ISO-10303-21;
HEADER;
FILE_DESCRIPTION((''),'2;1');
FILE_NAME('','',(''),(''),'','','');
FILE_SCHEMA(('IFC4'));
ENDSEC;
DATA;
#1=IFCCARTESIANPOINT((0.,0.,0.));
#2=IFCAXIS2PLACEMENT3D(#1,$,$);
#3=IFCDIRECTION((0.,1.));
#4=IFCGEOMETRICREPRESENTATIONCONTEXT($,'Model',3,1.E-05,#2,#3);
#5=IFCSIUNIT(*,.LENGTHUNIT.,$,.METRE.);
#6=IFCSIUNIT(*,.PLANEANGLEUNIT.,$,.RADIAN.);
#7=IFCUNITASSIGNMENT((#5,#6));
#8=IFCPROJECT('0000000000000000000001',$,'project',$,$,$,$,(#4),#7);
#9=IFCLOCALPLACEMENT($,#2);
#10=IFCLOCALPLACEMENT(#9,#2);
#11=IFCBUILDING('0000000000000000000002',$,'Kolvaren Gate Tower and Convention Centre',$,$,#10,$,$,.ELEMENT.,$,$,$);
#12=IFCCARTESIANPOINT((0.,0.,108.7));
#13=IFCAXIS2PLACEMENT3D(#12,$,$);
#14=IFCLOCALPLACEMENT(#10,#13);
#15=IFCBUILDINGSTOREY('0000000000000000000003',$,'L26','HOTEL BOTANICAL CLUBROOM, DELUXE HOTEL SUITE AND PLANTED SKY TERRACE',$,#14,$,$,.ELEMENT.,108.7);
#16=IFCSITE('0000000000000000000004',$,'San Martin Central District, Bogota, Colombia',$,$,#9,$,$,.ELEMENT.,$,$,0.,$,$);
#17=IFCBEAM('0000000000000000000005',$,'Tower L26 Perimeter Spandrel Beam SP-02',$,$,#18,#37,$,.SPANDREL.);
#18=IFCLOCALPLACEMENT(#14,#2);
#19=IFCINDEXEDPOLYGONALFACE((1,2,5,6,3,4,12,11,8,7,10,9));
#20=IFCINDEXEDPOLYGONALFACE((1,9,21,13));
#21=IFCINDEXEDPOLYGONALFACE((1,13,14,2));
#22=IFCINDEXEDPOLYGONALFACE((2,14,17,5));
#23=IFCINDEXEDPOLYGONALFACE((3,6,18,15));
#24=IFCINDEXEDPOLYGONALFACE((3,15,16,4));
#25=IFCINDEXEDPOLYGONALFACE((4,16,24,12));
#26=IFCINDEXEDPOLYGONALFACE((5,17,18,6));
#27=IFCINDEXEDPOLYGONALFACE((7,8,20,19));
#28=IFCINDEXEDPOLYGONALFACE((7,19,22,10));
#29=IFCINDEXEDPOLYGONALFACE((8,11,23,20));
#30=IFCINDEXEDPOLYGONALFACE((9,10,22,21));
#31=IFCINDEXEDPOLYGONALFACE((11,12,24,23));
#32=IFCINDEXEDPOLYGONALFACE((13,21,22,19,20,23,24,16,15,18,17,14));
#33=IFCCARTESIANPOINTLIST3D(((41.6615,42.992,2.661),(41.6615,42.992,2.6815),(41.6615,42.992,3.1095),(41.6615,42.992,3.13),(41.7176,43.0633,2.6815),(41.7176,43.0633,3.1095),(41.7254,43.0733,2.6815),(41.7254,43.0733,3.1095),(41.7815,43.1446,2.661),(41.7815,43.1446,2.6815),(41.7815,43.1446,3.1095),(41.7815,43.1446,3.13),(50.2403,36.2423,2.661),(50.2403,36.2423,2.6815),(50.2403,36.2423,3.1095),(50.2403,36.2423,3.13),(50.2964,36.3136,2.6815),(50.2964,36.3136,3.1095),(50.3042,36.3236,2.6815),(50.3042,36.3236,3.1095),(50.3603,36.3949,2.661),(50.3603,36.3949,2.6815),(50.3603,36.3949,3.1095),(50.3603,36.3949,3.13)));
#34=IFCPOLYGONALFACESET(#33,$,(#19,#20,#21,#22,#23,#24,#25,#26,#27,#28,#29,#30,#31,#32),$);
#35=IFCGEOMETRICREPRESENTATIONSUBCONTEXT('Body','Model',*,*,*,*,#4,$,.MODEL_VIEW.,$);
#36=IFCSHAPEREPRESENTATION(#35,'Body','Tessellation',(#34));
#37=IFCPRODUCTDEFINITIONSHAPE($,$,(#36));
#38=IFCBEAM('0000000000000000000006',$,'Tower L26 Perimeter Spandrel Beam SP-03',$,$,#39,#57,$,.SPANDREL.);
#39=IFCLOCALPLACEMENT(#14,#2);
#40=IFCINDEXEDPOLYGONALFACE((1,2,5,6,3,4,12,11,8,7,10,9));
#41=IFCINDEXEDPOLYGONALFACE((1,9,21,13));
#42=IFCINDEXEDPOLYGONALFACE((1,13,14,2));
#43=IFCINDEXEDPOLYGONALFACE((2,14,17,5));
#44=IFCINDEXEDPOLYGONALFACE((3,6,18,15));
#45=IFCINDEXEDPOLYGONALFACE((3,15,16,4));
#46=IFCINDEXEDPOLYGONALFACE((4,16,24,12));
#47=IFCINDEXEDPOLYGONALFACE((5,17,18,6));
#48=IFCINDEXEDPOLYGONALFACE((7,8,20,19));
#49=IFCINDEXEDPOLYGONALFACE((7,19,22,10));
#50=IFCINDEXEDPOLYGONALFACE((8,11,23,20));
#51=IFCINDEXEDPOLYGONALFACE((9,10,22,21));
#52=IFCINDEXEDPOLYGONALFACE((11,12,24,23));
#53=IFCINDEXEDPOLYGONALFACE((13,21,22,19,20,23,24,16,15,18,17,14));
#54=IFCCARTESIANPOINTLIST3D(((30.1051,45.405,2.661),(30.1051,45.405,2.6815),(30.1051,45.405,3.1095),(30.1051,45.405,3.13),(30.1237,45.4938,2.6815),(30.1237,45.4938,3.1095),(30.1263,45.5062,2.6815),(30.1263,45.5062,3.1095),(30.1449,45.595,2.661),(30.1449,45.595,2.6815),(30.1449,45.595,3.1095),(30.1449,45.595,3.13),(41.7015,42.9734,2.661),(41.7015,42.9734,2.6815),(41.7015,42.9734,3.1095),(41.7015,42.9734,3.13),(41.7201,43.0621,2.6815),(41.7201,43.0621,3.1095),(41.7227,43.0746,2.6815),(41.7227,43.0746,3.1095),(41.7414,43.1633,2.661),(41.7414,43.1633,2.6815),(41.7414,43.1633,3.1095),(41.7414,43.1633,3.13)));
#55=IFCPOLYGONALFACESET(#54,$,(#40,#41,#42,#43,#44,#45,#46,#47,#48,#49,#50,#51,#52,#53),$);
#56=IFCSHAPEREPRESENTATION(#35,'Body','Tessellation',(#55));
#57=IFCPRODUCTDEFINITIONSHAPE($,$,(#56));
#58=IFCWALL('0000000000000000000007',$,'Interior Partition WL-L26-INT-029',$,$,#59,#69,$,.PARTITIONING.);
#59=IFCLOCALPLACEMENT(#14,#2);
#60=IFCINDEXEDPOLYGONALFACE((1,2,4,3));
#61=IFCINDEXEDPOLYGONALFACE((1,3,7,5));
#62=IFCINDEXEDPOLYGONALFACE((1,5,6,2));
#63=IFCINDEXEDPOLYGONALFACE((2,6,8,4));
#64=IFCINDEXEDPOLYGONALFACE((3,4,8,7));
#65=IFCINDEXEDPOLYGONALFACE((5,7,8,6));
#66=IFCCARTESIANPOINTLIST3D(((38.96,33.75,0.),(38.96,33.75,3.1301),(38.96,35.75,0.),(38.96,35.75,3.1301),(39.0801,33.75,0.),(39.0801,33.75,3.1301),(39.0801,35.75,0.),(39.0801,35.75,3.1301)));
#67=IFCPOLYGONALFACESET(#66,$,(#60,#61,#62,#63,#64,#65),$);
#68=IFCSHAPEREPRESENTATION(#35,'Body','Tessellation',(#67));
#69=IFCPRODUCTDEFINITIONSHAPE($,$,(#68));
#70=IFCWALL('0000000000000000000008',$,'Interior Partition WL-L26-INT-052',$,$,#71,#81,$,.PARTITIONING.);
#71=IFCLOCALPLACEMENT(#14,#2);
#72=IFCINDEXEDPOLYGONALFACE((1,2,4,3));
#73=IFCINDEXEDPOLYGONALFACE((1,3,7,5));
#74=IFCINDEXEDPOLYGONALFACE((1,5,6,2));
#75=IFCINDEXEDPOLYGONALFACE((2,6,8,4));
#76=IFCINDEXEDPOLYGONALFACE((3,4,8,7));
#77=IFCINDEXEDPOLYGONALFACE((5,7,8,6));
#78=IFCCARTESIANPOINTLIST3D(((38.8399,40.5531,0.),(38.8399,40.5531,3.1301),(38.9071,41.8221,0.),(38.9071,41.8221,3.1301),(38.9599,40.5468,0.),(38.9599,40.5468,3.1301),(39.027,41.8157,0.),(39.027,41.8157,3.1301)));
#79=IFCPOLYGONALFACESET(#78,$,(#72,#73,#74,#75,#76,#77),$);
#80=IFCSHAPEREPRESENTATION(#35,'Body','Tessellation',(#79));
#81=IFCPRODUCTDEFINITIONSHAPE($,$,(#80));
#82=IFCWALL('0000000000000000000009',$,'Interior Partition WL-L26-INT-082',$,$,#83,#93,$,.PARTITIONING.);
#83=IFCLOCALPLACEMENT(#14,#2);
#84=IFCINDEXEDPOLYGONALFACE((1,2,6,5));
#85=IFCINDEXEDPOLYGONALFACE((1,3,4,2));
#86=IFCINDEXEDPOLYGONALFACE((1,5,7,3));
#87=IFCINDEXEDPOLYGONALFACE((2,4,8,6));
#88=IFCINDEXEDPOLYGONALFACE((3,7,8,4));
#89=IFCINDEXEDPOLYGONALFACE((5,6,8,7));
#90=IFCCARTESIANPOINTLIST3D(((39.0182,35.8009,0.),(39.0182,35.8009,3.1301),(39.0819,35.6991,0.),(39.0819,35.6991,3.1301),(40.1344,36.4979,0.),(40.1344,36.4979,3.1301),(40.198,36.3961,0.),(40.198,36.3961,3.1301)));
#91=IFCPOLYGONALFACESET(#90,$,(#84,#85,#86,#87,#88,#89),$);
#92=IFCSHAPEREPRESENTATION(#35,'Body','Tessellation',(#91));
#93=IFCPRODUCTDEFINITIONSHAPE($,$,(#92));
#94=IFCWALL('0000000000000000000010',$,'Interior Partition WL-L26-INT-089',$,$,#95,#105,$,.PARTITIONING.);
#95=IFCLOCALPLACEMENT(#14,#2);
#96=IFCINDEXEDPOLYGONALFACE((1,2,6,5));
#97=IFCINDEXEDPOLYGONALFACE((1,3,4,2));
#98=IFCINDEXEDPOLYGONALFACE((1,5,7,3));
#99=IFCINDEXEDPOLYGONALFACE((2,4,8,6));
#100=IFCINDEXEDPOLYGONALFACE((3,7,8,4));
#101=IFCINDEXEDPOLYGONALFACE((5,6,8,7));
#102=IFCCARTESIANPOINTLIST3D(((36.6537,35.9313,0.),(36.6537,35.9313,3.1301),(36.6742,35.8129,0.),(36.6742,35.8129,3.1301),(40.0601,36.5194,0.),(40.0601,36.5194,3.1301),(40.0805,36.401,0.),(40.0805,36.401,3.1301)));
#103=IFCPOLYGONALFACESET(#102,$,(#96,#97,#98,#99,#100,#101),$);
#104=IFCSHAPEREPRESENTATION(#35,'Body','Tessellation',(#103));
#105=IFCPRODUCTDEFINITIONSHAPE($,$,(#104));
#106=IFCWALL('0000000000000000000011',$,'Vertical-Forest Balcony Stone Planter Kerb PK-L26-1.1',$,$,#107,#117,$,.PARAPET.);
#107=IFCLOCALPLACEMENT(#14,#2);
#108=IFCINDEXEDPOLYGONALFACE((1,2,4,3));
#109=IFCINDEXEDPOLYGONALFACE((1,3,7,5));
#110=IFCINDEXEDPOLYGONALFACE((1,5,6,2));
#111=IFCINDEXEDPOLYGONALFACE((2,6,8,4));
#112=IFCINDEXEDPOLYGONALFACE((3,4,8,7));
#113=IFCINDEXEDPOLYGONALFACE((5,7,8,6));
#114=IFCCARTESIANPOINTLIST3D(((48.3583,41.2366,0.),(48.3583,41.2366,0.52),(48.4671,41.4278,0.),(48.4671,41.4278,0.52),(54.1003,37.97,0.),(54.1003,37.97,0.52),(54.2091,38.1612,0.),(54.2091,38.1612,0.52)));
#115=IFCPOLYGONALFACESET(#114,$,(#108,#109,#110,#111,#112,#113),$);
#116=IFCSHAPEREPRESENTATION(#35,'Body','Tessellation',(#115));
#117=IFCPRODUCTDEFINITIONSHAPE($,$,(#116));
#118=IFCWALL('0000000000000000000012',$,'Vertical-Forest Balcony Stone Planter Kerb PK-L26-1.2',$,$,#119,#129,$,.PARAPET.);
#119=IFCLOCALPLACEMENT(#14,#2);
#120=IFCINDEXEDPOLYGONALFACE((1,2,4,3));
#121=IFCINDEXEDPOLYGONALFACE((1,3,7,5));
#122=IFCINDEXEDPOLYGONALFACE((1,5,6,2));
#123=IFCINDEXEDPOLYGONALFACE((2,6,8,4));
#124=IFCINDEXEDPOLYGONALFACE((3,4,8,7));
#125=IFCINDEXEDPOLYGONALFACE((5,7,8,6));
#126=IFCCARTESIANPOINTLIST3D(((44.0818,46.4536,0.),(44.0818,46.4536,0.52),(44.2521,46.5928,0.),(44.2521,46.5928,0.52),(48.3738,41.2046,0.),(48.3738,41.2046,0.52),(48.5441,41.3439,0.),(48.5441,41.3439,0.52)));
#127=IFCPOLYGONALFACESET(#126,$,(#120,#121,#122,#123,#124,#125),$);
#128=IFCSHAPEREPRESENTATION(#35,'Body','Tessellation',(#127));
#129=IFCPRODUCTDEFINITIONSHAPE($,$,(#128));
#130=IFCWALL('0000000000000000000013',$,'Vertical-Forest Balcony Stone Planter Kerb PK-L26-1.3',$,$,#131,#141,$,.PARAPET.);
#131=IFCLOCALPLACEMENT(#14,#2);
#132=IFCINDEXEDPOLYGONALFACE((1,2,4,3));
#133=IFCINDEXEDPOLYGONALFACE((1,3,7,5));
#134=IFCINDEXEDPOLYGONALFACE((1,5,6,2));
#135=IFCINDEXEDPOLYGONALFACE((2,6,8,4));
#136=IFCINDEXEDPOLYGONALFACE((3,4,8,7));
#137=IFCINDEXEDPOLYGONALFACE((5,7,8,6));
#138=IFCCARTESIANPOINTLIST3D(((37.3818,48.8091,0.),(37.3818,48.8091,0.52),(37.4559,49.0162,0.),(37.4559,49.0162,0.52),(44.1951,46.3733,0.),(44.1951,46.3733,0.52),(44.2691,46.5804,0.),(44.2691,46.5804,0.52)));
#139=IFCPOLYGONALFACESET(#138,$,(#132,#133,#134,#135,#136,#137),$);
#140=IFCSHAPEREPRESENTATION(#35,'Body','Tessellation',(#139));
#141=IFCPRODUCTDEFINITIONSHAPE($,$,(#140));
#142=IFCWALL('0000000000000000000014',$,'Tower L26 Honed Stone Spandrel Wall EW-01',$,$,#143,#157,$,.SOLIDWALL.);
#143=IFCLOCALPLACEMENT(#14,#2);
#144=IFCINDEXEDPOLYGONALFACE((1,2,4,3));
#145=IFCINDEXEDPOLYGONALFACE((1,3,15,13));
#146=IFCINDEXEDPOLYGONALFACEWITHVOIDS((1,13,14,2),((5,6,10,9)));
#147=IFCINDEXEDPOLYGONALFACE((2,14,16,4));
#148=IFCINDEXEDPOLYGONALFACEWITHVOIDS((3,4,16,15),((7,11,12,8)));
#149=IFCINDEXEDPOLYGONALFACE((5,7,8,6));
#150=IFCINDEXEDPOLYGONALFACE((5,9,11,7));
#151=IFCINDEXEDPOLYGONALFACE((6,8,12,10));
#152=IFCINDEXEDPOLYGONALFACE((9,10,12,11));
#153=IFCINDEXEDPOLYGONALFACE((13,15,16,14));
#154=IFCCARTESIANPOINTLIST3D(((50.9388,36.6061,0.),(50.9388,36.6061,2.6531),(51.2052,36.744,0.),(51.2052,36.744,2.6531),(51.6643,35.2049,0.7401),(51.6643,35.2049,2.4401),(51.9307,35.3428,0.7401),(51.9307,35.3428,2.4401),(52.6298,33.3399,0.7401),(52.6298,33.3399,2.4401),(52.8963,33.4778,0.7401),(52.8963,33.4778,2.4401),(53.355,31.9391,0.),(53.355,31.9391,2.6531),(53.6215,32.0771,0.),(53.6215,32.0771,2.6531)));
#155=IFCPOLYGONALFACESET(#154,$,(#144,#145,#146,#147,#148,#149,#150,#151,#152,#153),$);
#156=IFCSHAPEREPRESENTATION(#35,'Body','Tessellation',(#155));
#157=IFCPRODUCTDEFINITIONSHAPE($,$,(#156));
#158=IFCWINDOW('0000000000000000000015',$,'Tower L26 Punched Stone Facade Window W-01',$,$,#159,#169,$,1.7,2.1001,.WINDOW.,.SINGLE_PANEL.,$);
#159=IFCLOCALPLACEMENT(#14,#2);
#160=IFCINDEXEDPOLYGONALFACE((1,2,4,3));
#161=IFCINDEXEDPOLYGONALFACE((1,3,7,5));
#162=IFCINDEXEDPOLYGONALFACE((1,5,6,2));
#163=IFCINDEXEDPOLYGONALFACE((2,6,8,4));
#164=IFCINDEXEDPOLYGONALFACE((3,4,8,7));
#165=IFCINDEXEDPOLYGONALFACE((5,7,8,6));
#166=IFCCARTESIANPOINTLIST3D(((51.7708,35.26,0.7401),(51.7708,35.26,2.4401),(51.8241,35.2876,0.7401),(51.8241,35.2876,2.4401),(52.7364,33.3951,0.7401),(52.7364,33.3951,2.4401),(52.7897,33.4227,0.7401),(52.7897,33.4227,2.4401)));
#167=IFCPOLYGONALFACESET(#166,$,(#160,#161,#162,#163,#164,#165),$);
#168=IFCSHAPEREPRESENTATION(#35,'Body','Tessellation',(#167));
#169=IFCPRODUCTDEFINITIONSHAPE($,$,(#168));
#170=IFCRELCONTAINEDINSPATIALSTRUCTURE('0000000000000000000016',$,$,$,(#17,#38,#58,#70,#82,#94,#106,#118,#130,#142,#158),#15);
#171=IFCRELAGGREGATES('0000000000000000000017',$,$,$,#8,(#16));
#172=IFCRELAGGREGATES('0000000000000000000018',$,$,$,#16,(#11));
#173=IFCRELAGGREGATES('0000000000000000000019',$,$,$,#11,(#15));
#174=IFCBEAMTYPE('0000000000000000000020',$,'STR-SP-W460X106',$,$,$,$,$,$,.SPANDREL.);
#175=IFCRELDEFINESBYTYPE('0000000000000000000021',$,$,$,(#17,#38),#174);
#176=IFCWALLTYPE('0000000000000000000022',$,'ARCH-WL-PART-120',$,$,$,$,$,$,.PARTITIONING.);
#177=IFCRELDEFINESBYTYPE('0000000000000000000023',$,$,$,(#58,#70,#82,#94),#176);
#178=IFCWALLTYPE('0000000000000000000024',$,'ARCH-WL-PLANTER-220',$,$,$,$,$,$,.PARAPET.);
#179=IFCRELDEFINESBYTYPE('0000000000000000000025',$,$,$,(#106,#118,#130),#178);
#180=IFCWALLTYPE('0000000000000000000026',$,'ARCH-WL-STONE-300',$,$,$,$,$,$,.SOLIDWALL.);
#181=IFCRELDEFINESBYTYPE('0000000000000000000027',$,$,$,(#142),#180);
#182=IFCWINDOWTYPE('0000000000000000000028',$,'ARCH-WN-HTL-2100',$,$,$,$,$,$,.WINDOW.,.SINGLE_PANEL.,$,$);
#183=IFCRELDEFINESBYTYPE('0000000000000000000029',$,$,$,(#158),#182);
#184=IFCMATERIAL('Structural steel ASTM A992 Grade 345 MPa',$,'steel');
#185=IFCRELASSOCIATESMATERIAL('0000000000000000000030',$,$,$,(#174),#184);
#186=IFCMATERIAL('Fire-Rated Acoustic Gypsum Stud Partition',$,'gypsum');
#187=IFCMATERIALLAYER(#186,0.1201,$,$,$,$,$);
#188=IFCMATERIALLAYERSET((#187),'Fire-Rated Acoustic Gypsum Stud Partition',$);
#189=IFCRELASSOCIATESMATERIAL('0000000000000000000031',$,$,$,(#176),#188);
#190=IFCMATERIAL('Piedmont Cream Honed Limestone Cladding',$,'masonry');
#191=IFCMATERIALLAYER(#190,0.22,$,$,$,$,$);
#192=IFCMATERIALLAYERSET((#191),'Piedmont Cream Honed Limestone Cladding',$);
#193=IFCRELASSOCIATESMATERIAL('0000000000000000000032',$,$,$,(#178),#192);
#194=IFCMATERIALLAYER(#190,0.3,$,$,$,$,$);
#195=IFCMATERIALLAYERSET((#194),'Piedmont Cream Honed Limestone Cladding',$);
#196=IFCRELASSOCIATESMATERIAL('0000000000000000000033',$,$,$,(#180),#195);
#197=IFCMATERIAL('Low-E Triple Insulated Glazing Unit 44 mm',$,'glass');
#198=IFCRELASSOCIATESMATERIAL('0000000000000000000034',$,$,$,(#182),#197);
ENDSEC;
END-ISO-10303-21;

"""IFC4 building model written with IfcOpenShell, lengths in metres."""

from ifc_helpers import new_model, si_unit, direction, frame, frame_2d, origin, origin_2d, place, context, subcontext, project, spatial, rectangle, i_section, extrude, material, layer, layer_set, material_profile, profile_set, type_object, element, fill, save


model = new_model("IFC4")

# Units and contexts
model_context = context("Model", 3, precision=1e-05, world=origin(), true_north=direction((0.0, 1.0)))
body_context = subcontext(model_context, "Body", "Model", "MODEL_VIEW")
ifc_project = project(units=[si_unit("LENGTHUNIT", "METRE"), si_unit("PLANEANGLEUNIT", "RADIAN")], contexts=[model_context])

# Site, building, storey
site_placement = place(None, origin())
site = spatial("IfcSite", under=ifc_project, at=site_placement, Name="San Martin Central District, Bogota, Colombia", CompositionType="ELEMENT", RefElevation=0.0)
building_placement = place(site_placement, origin())
building = spatial("IfcBuilding", under=site, at=building_placement, Name="Kolvaren Gate Tower and Convention Centre", CompositionType="ELEMENT")
storey_placement = place(building_placement, frame((0.0, 0.0, 108.7)))
storey = spatial("IfcBuildingStorey", under=building, at=storey_placement, Name="L26", Description="HOTEL BOTANICAL CLUBROOM, DELUXE HOTEL SUITE AND PLANTED SKY TERRACE", CompositionType="ELEMENT", Elevation=108.7)

# Beams
ifc_material_1 = material(Name="Structural steel ASTM A992 Grade 345 MPa", Category="steel")
ifc_material_profile_1 = material_profile(ifc_material_1, i_section(OverallWidth=0.1941, OverallDepth=0.469, WebThickness=0.0127, FlangeThickness=0.0205, at=origin_2d()), Name="W460X106")
ifc_profile_set_1 = profile_set([ifc_material_profile_1], Name="Structural steel ASTM A992 Grade 345 MPa")
beam_type_1 = type_object("IfcBeamType", Name="STR-SP-W460X106", PredefinedType="SPANDREL", material=ifc_profile_set_1)
beam_1_placement = place(storey_placement, frame((50.3003, 36.3186, 2.8955), z_axis=(-0.785908, 0.618344, 0.0), x_axis=(-0.618344, -0.785908, 0.0)))
element("IfcBeam", 1, at=beam_1_placement, inside=storey, type_object=beam_type_1, Name="Tower L26 Perimeter Spandrel Beam SP-02", PredefinedType="SPANDREL", context=body_context, shape_type="SweptSolid", body=[
    extrude(i_section(OverallWidth=0.1941, OverallDepth=0.469, WebThickness=0.0127, FlangeThickness=0.0205, at=origin_2d()), origin(), (0.0, 0.0, 1.0), 10.9158),
])
beam_2_placement = place(storey_placement, frame((41.7214, 43.0684, 2.8955), z_axis=(-0.978715, 0.205225, 0.0), x_axis=(-0.205225, -0.978715, 0.0)))
element("IfcBeam", 2, at=beam_2_placement, inside=storey, type_object=beam_type_1, Name="Tower L26 Perimeter Spandrel Beam SP-03", PredefinedType="SPANDREL", context=body_context, shape_type="SweptSolid", body=[
    extrude(i_section(OverallWidth=0.1941, OverallDepth=0.469, WebThickness=0.0127, FlangeThickness=0.0205, at=origin_2d()), origin(), (0.0, 0.0, 1.0), 11.8486),
])

# Walls
ifc_material_2 = material(Name="Fire-Rated Acoustic Gypsum Stud Partition", Category="gypsum")
ifc_layer_1 = layer(ifc_material_2, 0.1201)
ifc_layer_set_1 = layer_set([ifc_layer_1], Name="Fire-Rated Acoustic Gypsum Stud Partition")
wall_type_1 = type_object("IfcWallType", Name="ARCH-WL-PART-120", PredefinedType="PARTITIONING", material=ifc_layer_set_1)
wall_1_placement = place(storey_placement, frame((39.02, 33.75, 0.0), z_axis=(0.0, 0.0, 1.0), x_axis=(0.0, 1.0, 0.0)))
element("IfcWall", 3, at=wall_1_placement, inside=storey, type_object=wall_type_1, Name="Interior Partition WL-L26-INT-029", PredefinedType="PARTITIONING", context=body_context, shape_type="SweptSolid", body=[
    extrude(rectangle(XDim=2.0, YDim=0.1201, at=frame_2d((1.0, 0.0))), origin(), (0.0, 0.0, 1.0), 3.1301),
])
wall_2_placement = place(storey_placement, frame((38.8999, 40.55, 0.0), z_axis=(0.0, 0.0, 1.0), x_axis=(0.052831, 0.998603, 0.0)))
element("IfcWall", 4, at=wall_2_placement, inside=storey, type_object=wall_type_1, Name="Interior Partition WL-L26-INT-052", PredefinedType="PARTITIONING", context=body_context, shape_type="SweptSolid", body=[
    extrude(rectangle(XDim=1.2708, YDim=0.1201, at=frame_2d((0.6353, 0.0))), origin(), (0.0, 0.0, 1.0), 3.1301),
])
wall_3_placement = place(storey_placement, frame((39.05, 35.75, 0.0), z_axis=(0.0, 0.0, 1.0), x_axis=(0.848207, 0.529665, 0.0)))
element("IfcWall", 5, at=wall_3_placement, inside=storey, type_object=wall_type_1, Name="Interior Partition WL-L26-INT-082", PredefinedType="PARTITIONING", context=body_context, shape_type="SweptSolid", body=[
    extrude(rectangle(XDim=1.3159, YDim=0.1201, at=frame_2d((0.658, 0.0))), origin(), (0.0, 0.0, 1.0), 3.1301),
])
wall_4_placement = place(storey_placement, frame((36.6638, 35.8721, 0.0), z_axis=(0.0, 0.0, 1.0), x_axis=(0.985421, 0.170134, 0.0)))
element("IfcWall", 6, at=wall_4_placement, inside=storey, type_object=wall_type_1, Name="Interior Partition WL-L26-INT-089", PredefinedType="PARTITIONING", context=body_context, shape_type="SweptSolid", body=[
    extrude(rectangle(XDim=3.4568, YDim=0.1201, at=frame_2d((1.7285, 0.0))), origin(), (0.0, 0.0, 1.0), 3.1301),
])
ifc_material_3 = material(Name="Piedmont Cream Honed Limestone Cladding", Category="masonry")
ifc_layer_2 = layer(ifc_material_3, 0.22)
ifc_layer_set_2 = layer_set([ifc_layer_2], Name="Piedmont Cream Honed Limestone Cladding")
wall_type_2 = type_object("IfcWallType", Name="ARCH-WL-PLANTER-220", PredefinedType="PARAPET", material=ifc_layer_set_2)
wall_5_placement = place(storey_placement, frame((48.4126, 41.3323, 0.0), z_axis=(0.0, 0.0, 1.0), x_axis=(0.869188, -0.494482, 0.0)))
element("IfcWall", 7, at=wall_5_placement, inside=storey, type_object=wall_type_2, Name="Vertical-Forest Balcony Stone Planter Kerb PK-L26-1.1", PredefinedType="PARAPET", context=body_context, shape_type="SweptSolid", body=[
    extrude(rectangle(XDim=6.6062, YDim=0.22, at=frame_2d((3.3032, 0.0))), origin(), (0.0, 0.0, 1.0), 0.52),
])
wall_6_placement = place(storey_placement, frame((44.167, 46.5232, 0.0), z_axis=(0.0, 0.0, 1.0), x_axis=(0.633002, -0.77415, 0.0)))
element("IfcWall", 8, at=wall_6_placement, inside=storey, type_object=wall_type_2, Name="Vertical-Forest Balcony Stone Planter Kerb PK-L26-1.2", PredefinedType="PARAPET", context=body_context, shape_type="SweptSolid", body=[
    extrude(rectangle(XDim=6.7803, YDim=0.22, at=frame_2d((3.3901, 0.0))), origin(), (0.0, 0.0, 1.0), 0.52),
])
wall_7_placement = place(storey_placement, frame((37.4189, 48.9126, 0.0), z_axis=(0.0, 0.0, 1.0), x_axis=(0.941633, -0.336642, 0.0)))
element("IfcWall", 9, at=wall_7_placement, inside=storey, type_object=wall_type_2, Name="Vertical-Forest Balcony Stone Planter Kerb PK-L26-1.3", PredefinedType="PARAPET", context=body_context, shape_type="SweptSolid", body=[
    extrude(rectangle(XDim=7.2356, YDim=0.22, at=frame_2d((3.6177, 0.0))), origin(), (0.0, 0.0, 1.0), 0.52),
])

# Wall, opening, window
ifc_layer_3 = layer(ifc_material_3, 0.3)
ifc_layer_set_3 = layer_set([ifc_layer_3], Name="Piedmont Cream Honed Limestone Cladding")
wall_type_3 = type_object("IfcWallType", Name="ARCH-WL-STONE-300", PredefinedType="SOLIDWALL", material=ifc_layer_set_3)
wall_8_placement = place(storey_placement, frame((51.072, 36.675, 0.0), z_axis=(0.0, 0.0, 1.0), x_axis=(0.459768, -0.888039, 0.0)))
wall_8 = element("IfcWall", 10, at=wall_8_placement, inside=storey, type_object=wall_type_3, Name="Tower L26 Honed Stone Spandrel Wall EW-01", PredefinedType="SOLIDWALL", context=body_context, shape_type="SweptSolid", body=[
    extrude(rectangle(XDim=5.2554, YDim=0.3, at=frame_2d((2.6277, 0.0))), origin(), (0.0, 0.0, 1.0), 2.6531),
])
opening_1_placement = place(wall_8_placement, frame((1.5779, 0.0, 0.74)))
opening_1 = element("IfcOpeningElement", 11, at=opening_1_placement, cuts=wall_8, PredefinedType="OPENING", context=body_context, shape_type="SweptSolid", body=[
    extrude(rectangle(XDim=2.1001, YDim=1.7, at=frame_2d((1.05, 0.8501))), frame((0.0, 0.1599, 0.0), z_axis=(0.0, -1.0, 0.0), x_axis=(1.0, 0.0, 0.0)), (0.0, 0.0, 1.0), 0.3201),
])
ifc_material_4 = material(Name="Low-E Triple Insulated Glazing Unit 44 mm", Category="glass")
window_type = type_object("IfcWindowType", Name="ARCH-WN-HTL-2100", PartitioningType="SINGLE_PANEL", PredefinedType="WINDOW", material=ifc_material_4)
window_1_placement = place(opening_1_placement, origin())
window_1 = element("IfcWindow", 12, at=window_1_placement, inside=storey, type_object=window_type, Name="Tower L26 Punched Stone Facade Window W-01", OverallHeight=1.7, OverallWidth=2.1001, PartitioningType="SINGLE_PANEL", PredefinedType="WINDOW", context=body_context, shape_type="SweptSolid", body=[
    extrude(rectangle(XDim=2.1001, YDim=1.7, at=frame_2d((1.05, 0.8501))), frame((0.0, 0.03, 0.0), z_axis=(0.0, -1.0, 0.0), x_axis=(1.0, 0.0, 0.0)), (0.0, 0.0, 1.0), 0.0601),
])
fill(opening_1, window_1)

save(model, "model.ifc")
